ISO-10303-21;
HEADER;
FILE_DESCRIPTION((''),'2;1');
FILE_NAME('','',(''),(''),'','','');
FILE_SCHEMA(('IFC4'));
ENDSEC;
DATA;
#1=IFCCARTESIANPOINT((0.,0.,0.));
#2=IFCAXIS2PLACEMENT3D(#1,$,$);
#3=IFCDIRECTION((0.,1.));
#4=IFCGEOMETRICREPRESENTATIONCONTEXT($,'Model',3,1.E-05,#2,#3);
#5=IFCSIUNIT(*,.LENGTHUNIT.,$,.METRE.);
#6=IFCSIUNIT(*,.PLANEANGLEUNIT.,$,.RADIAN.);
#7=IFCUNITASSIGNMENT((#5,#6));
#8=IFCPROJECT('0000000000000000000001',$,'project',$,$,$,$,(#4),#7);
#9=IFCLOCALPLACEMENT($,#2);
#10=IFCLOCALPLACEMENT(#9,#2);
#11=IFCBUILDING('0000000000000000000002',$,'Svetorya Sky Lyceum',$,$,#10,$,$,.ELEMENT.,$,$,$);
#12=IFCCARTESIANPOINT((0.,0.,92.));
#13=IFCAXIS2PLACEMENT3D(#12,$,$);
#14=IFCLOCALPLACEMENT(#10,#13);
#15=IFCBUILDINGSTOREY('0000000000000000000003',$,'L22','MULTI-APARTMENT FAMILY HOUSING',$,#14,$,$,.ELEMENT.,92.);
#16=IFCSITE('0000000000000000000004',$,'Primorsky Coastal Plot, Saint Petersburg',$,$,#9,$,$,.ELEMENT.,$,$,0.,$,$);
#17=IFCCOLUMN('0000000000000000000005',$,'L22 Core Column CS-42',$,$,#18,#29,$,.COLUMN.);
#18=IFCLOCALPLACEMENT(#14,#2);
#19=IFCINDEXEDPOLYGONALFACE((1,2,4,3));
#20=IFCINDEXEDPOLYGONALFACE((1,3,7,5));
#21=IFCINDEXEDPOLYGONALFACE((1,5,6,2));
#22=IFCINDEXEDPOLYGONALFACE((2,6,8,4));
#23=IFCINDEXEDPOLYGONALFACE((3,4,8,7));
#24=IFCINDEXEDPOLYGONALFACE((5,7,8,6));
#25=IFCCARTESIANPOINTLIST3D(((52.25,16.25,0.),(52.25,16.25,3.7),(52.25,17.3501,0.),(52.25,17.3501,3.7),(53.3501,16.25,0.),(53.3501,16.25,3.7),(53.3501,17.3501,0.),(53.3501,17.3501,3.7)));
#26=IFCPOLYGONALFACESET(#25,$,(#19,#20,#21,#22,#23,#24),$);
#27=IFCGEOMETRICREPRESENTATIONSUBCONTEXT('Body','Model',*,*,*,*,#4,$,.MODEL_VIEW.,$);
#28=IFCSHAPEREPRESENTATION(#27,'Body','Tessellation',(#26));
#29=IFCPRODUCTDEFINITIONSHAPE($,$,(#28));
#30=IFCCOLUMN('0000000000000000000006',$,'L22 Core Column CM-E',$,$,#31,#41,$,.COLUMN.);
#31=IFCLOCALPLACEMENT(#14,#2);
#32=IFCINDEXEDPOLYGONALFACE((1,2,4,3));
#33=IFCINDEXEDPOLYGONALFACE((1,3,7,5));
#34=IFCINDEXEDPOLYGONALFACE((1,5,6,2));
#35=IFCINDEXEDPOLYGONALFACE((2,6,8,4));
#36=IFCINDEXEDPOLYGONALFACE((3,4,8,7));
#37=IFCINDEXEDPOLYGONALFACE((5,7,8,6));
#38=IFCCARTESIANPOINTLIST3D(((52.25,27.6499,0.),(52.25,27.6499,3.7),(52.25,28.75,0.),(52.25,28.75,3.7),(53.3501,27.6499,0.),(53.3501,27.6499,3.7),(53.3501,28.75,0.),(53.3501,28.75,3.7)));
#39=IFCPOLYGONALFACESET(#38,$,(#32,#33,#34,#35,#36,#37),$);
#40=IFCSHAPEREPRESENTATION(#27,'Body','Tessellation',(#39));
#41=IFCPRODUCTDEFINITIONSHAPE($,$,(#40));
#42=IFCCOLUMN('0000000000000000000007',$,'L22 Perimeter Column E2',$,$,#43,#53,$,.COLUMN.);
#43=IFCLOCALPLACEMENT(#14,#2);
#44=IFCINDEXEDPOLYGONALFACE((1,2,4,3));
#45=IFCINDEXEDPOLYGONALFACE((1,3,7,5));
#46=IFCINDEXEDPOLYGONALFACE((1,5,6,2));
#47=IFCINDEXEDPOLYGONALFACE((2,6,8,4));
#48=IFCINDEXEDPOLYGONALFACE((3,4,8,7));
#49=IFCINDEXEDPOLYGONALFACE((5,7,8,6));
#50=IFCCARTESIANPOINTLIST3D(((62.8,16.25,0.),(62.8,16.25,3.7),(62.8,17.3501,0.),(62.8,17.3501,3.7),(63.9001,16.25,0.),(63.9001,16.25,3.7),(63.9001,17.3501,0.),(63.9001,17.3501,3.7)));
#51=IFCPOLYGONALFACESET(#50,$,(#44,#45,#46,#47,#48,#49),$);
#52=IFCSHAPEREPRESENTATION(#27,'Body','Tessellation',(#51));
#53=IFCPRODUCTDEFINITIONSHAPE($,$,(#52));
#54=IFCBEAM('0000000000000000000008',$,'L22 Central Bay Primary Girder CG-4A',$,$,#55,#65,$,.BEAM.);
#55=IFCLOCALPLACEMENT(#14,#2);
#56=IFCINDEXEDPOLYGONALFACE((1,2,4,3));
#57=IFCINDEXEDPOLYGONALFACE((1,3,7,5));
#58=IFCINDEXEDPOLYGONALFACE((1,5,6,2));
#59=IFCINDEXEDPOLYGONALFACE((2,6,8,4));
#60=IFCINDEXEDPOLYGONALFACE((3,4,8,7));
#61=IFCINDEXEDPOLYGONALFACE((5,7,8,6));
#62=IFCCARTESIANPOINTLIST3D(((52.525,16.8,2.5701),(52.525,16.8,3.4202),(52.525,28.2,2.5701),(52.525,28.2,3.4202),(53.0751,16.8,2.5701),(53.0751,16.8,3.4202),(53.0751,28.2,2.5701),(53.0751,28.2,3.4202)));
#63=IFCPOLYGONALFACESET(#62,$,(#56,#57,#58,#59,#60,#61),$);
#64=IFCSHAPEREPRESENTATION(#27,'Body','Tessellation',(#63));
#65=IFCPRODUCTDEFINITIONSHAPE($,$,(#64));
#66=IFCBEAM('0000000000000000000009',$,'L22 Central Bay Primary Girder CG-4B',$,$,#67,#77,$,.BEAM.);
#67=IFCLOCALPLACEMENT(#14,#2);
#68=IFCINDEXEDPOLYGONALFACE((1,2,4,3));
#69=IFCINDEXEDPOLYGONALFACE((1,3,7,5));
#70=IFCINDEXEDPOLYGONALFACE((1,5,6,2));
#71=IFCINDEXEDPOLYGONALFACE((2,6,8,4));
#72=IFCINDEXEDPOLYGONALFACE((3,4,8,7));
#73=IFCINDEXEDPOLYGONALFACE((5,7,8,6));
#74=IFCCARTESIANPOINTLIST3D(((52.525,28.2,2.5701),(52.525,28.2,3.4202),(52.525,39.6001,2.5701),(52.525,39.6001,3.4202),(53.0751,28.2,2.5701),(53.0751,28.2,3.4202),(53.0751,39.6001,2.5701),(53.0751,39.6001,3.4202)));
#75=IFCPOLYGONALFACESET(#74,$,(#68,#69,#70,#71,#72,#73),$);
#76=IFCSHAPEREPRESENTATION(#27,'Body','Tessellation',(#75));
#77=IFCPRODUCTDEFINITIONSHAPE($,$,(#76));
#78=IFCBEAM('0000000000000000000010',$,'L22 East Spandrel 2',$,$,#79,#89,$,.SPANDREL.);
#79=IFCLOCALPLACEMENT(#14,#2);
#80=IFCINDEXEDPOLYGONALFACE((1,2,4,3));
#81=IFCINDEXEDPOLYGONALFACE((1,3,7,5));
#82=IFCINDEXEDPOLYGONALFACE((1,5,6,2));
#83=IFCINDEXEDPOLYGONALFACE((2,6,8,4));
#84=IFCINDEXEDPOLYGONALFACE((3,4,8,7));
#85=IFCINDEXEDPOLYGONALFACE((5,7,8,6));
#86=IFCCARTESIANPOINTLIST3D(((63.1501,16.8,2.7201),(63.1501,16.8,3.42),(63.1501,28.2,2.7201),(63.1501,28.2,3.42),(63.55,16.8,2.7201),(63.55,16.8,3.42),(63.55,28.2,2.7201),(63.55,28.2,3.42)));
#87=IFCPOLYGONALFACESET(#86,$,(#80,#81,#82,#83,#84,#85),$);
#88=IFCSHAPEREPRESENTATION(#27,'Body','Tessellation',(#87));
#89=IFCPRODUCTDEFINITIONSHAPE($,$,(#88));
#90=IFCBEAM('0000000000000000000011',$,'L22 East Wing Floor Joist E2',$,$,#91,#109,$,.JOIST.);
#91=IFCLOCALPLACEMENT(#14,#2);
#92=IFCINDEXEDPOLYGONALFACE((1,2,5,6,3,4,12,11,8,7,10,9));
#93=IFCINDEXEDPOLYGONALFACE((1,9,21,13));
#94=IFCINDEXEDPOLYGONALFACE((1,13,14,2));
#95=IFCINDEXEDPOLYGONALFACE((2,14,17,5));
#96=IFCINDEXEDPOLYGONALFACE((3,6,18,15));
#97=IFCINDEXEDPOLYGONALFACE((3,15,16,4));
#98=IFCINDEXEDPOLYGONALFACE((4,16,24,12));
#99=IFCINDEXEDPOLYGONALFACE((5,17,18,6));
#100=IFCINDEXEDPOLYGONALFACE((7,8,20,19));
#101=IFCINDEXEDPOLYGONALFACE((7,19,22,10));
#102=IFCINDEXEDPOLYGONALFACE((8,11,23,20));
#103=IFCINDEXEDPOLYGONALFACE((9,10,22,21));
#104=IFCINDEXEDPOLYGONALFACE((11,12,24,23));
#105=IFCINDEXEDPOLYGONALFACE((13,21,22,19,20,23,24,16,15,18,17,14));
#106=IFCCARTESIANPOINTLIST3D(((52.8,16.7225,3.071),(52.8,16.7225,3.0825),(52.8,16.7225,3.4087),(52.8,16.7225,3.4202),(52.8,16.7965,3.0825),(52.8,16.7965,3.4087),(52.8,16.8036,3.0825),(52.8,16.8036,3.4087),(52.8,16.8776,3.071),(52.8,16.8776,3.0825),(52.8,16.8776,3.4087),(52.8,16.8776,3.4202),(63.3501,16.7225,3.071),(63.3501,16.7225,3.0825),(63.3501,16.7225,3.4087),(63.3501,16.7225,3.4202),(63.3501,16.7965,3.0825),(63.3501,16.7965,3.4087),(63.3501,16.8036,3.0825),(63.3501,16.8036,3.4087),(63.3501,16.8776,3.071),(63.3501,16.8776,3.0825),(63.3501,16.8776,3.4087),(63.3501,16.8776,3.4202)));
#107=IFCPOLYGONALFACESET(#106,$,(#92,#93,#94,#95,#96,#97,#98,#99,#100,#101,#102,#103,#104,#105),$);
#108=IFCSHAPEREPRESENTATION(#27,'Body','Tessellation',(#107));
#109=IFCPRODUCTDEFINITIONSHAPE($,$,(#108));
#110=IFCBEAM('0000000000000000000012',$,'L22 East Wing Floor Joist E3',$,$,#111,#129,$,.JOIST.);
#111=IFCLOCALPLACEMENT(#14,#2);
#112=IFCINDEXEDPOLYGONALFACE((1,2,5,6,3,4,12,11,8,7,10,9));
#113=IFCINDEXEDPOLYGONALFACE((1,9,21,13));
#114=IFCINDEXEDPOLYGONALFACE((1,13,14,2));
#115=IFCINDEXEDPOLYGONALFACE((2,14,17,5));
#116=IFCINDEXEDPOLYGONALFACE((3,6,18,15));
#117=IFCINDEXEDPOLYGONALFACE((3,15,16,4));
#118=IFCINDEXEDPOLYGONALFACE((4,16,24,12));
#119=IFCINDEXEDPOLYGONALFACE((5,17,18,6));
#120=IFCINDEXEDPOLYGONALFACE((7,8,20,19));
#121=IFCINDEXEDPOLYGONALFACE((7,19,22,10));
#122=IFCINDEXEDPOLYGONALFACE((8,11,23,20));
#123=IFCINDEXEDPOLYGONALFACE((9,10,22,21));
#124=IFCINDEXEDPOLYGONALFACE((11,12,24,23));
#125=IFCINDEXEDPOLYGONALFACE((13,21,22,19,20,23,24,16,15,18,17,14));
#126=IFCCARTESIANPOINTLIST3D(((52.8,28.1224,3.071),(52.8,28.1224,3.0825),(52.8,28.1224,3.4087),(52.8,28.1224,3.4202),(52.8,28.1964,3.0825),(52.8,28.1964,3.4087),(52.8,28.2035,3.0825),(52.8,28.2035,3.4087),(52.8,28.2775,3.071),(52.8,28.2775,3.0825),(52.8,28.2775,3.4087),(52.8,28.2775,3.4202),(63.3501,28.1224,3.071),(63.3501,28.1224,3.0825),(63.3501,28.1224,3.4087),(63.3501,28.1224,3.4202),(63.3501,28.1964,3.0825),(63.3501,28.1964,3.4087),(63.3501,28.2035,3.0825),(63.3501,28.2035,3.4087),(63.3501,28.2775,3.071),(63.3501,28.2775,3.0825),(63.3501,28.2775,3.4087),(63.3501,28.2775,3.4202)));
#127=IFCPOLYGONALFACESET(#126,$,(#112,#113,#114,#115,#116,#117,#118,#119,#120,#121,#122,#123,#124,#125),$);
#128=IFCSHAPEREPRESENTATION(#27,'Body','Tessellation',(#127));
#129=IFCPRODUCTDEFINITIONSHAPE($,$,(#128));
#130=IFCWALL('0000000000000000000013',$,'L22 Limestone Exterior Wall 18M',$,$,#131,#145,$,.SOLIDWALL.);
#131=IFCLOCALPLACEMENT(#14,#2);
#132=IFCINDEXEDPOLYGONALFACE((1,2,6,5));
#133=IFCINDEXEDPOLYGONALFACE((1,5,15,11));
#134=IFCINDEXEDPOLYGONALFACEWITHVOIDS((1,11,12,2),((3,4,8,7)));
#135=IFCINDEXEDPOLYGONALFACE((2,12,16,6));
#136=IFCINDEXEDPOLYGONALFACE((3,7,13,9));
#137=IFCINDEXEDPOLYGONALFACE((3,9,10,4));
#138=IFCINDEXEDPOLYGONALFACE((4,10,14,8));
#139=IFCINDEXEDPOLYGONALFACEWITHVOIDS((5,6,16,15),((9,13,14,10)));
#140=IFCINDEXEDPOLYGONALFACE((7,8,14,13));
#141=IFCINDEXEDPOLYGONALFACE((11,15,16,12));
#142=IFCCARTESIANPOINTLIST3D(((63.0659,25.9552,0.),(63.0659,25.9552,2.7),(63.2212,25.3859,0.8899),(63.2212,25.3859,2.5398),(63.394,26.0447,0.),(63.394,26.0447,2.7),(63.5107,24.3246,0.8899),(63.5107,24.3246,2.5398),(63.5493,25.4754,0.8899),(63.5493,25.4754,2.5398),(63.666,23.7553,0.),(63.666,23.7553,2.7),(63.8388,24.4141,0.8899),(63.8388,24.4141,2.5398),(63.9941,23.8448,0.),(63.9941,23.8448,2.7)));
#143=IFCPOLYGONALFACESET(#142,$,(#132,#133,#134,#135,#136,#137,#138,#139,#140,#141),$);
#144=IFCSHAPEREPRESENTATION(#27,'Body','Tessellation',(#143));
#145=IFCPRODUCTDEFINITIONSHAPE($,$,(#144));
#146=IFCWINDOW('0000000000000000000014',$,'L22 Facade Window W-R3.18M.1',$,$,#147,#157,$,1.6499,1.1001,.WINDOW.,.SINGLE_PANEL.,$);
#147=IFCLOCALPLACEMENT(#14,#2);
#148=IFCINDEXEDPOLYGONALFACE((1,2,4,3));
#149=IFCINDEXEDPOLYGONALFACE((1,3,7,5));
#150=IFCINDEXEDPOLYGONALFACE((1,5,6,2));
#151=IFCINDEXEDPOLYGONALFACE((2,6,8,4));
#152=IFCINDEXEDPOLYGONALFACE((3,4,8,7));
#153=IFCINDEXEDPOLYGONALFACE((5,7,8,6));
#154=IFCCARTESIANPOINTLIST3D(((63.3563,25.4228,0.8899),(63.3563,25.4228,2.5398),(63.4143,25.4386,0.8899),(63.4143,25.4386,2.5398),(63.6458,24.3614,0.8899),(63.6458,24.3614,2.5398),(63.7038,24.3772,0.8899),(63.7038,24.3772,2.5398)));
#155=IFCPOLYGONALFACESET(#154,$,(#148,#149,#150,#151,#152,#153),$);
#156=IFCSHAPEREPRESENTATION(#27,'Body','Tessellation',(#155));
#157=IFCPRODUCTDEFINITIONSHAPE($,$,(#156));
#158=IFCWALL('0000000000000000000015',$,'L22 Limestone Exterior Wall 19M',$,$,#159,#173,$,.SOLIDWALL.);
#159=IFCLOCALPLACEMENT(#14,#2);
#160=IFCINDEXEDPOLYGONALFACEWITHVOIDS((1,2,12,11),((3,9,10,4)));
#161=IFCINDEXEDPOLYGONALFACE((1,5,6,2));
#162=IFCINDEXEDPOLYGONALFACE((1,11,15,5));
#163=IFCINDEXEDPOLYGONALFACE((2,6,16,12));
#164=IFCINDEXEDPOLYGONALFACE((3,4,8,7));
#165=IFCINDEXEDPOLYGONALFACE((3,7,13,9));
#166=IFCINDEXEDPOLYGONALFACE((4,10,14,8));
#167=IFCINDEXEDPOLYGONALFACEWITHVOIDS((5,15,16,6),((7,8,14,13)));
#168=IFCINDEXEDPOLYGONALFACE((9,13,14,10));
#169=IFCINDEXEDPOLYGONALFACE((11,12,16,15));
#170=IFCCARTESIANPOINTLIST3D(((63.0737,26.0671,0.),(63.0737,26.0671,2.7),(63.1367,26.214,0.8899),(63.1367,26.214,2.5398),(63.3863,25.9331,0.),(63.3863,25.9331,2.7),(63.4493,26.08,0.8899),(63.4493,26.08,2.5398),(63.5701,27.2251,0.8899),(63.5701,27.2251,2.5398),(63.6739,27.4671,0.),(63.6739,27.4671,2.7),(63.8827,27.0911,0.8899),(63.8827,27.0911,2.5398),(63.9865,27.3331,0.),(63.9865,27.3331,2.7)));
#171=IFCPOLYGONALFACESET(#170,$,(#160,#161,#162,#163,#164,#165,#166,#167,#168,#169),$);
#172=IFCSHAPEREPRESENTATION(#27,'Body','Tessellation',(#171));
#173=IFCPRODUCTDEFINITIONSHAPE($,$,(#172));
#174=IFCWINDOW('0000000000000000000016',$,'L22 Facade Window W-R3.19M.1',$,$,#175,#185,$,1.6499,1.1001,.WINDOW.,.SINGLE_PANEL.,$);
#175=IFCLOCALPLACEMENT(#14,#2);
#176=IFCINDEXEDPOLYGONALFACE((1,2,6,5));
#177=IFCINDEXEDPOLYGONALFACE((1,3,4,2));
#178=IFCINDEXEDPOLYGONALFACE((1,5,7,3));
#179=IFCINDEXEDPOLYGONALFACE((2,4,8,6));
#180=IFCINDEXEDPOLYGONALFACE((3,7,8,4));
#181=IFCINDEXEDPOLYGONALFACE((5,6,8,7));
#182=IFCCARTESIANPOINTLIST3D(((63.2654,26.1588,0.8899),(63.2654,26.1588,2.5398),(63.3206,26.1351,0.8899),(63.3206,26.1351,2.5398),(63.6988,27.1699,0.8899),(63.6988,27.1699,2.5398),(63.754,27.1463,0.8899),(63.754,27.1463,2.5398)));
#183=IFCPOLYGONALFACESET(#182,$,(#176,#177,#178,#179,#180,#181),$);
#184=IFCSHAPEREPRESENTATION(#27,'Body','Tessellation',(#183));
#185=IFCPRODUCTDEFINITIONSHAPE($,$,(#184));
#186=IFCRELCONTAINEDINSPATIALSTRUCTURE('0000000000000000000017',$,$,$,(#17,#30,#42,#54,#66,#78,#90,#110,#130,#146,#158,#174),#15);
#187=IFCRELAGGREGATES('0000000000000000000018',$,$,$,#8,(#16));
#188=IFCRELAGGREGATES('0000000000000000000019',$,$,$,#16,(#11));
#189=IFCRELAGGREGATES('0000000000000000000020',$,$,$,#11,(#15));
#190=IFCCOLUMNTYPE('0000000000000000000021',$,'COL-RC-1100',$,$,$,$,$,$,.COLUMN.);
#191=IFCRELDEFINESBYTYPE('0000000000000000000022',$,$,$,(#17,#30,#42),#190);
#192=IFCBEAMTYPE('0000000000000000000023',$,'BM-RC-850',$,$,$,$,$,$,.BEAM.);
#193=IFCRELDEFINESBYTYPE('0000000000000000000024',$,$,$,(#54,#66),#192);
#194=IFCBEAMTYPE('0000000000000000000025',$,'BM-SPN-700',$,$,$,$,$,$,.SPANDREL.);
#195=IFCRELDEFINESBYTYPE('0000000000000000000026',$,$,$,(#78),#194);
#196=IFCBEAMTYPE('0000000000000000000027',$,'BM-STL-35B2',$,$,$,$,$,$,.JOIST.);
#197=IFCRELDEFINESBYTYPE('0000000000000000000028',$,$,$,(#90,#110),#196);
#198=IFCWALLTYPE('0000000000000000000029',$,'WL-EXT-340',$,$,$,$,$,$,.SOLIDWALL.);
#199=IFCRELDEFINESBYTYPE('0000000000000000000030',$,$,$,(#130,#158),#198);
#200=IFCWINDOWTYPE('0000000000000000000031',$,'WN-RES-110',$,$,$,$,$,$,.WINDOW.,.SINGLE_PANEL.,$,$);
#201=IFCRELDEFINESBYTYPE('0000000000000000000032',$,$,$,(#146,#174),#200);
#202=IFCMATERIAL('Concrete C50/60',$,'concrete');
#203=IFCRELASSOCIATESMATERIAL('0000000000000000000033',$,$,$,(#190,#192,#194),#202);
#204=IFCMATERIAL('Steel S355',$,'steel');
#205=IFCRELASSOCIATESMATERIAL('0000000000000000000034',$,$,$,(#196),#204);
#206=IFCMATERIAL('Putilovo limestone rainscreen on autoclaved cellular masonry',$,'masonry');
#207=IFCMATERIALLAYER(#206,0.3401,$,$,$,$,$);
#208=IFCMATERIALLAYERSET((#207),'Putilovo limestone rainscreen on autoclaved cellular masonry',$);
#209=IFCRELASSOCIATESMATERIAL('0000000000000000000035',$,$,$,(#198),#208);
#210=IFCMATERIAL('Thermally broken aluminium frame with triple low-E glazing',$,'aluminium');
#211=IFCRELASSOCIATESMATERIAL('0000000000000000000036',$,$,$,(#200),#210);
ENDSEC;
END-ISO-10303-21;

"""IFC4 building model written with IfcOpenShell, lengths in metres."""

from ifc_helpers import new_model, si_unit, direction, frame, frame_2d, origin, origin_2d, place, context, subcontext, project, spatial, rectangle, i_section, extrude, material, layer, layer_set, material_profile, profile_set, type_object, element, fill, save


model = new_model("IFC4")

# Units and contexts
model_context = context("Model", 3, precision=1e-05, world=origin(), true_north=direction((0.0, 1.0)))
body_context = subcontext(model_context, "Body", "Model", "MODEL_VIEW")
ifc_project = project(units=[si_unit("LENGTHUNIT", "METRE"), si_unit("PLANEANGLEUNIT", "RADIAN")], contexts=[model_context])

# Site, building, storey
site_placement = place(None, origin())
site = spatial("IfcSite", under=ifc_project, at=site_placement, Name="Primorsky Coastal Plot, Saint Petersburg", CompositionType="ELEMENT", RefElevation=0.0)
building_placement = place(site_placement, origin())
building = spatial("IfcBuilding", under=site, at=building_placement, Name="Svetorya Sky Lyceum", CompositionType="ELEMENT")
storey_placement = place(building_placement, frame((0.0, 0.0, 92.0)))
storey = spatial("IfcBuildingStorey", under=building, at=storey_placement, Name="L22", Description="MULTI-APARTMENT FAMILY HOUSING", CompositionType="ELEMENT", Elevation=92.0)

# Columns
ifc_material_1 = material(Name="Concrete C50/60", Category="concrete")
ifc_material_profile_1 = material_profile(ifc_material_1, rectangle(XDim=1.1001, YDim=1.1001, at=origin_2d()), Name="RC COL 1100x1100")
ifc_profile_set_1 = profile_set([ifc_material_profile_1], Name="Concrete C50/60")
column_type = type_object("IfcColumnType", Name="COL-RC-1100", PredefinedType="COLUMN", material=ifc_profile_set_1)
for number, where, z_axis, x_axis, name in (
    (1, (52.8, 16.8, 0.0), (0.0, 0.0, 1.0), (1.0, 0.0, 0.0), "L22 Core Column CS-42"),
    (2, (52.8, 28.2, 0.0), (0.0, 0.0, 1.0), (1.0, 0.0, 0.0), "L22 Core Column CM-E"),
    (3, (63.3501, 16.8, 0.0), (0.0, 0.0, 1.0), (1.0, 0.0, 0.0), "L22 Perimeter Column E2"),
):
    element("IfcColumn", number, at=place(storey_placement, frame(where, z_axis=z_axis, x_axis=x_axis)), inside=storey, type_object=column_type, Name=name, PredefinedType="COLUMN", context=body_context, shape_type="SweptSolid", body=[
        extrude(rectangle(XDim=1.1001, YDim=1.1001, at=origin_2d()), origin(), (0.0, 0.0, 1.0), 3.7),
    ])

# Beams
ifc_material_profile_2 = material_profile(ifc_material_1, rectangle(XDim=0.55, YDim=0.8501, at=origin_2d()), Name="RC BEAM 550x850")
ifc_profile_set_2 = profile_set([ifc_material_profile_2], Name="Concrete C50/60")
beam_type_1 = type_object("IfcBeamType", Name="BM-RC-850", PredefinedType="BEAM", material=ifc_profile_set_2)
beam_1_placement = place(storey_placement, frame((52.8, 16.8, 2.9951), z_axis=(0.0, 1.0, 0.0), x_axis=(-1.0, 0.0, 0.0)))
element("IfcBeam", 4, at=beam_1_placement, inside=storey, type_object=beam_type_1, Name="L22 Central Bay Primary Girder CG-4A", PredefinedType="BEAM", context=body_context, shape_type="SweptSolid", body=[
    extrude(rectangle(XDim=0.55, YDim=0.8501, at=origin_2d()), origin(), (0.0, 0.0, 1.0), 11.3999),
])
beam_2_placement = place(storey_placement, frame((52.8, 28.2, 2.9951), z_axis=(0.0, 1.0, 0.0), x_axis=(-1.0, 0.0, 0.0)))
element("IfcBeam", 5, at=beam_2_placement, inside=storey, type_object=beam_type_1, Name="L22 Central Bay Primary Girder CG-4B", PredefinedType="BEAM", context=body_context, shape_type="SweptSolid", body=[
    extrude(rectangle(XDim=0.55, YDim=0.8501, at=origin_2d()), origin(), (0.0, 0.0, 1.0), 11.4001),
])
ifc_material_profile_3 = material_profile(ifc_material_1, rectangle(XDim=0.3999, YDim=0.7, at=origin_2d()), Name="RC SPANDREL 400x700")
ifc_profile_set_3 = profile_set([ifc_material_profile_3], Name="Concrete C50/60")
beam_type_2 = type_object("IfcBeamType", Name="BM-SPN-700", PredefinedType="SPANDREL", material=ifc_profile_set_3)
beam_3_placement = place(storey_placement, frame((63.3501, 16.8, 3.0701), z_axis=(0.0, 1.0, 0.0), x_axis=(-1.0, 0.0, 0.0)))
element("IfcBeam", 6, at=beam_3_placement, inside=storey, type_object=beam_type_2, Name="L22 East Spandrel 2", PredefinedType="SPANDREL", context=body_context, shape_type="SweptSolid", body=[
    extrude(rectangle(XDim=0.3999, YDim=0.7, at=origin_2d()), origin(), (0.0, 0.0, 1.0), 11.3999),
])
ifc_material_2 = material(Name="Steel S355", Category="steel")
ifc_material_profile_4 = material_profile(ifc_material_2, i_section(OverallWidth=0.155, OverallDepth=0.3491, WebThickness=0.0071, FlangeThickness=0.0115, at=origin_2d()), Name="GOST 35B2")
ifc_profile_set_4 = profile_set([ifc_material_profile_4], Name="Steel S355")
beam_type_3 = type_object("IfcBeamType", Name="BM-STL-35B2", PredefinedType="JOIST", material=ifc_profile_set_4)
for number, where, z_axis, x_axis, name in (
    (7, (52.8, 16.8, 3.2456), (1.0, 0.0, 0.0), (0.0, 1.0, 0.0), "L22 East Wing Floor Joist E2"),
    (8, (52.8, 28.2, 3.2456), (1.0, 0.0, 0.0), (0.0, 1.0, 0.0), "L22 East Wing Floor Joist E3"),
):
    element("IfcBeam", number, at=place(storey_placement, frame(where, z_axis=z_axis, x_axis=x_axis)), inside=storey, type_object=beam_type_3, Name=name, PredefinedType="JOIST", context=body_context, shape_type="SweptSolid", body=[
        extrude(i_section(OverallWidth=0.155, OverallDepth=0.3491, WebThickness=0.0071, FlangeThickness=0.0115, at=origin_2d()), origin(), (0.0, 0.0, 1.0), 10.55),
    ])

# Walls, openings, windows
ifc_material_3 = material(Name="Putilovo limestone rainscreen on autoclaved cellular masonry", Category="masonry")
ifc_layer_1 = layer(ifc_material_3, 0.3401)
ifc_layer_set_1 = layer_set([ifc_layer_1], Name="Putilovo limestone rainscreen on autoclaved cellular masonry")
wall_type_1 = type_object("IfcWallType", Name="WL-EXT-340", PredefinedType="SOLIDWALL", material=ifc_layer_set_1)
wall_1_placement = place(storey_placement, frame((63.8301, 23.8, 0.0), z_axis=(0.0, 0.0, 1.0), x_axis=(-0.263163, 0.964751, 0.0)))
wall_1 = element("IfcWall", 9, at=wall_1_placement, inside=storey, type_object=wall_type_1, Name="L22 Limestone Exterior Wall 18M", PredefinedType="SOLIDWALL", context=body_context, shape_type="SweptSolid", body=[
    extrude(rectangle(XDim=2.2803, YDim=0.3401, at=frame_2d((1.1401, 0.0))), origin(), (0.0, 0.0, 1.0), 2.7),
])
opening_1_placement = place(wall_1_placement, frame((0.5901, 0.0, 0.8899)))
opening_1 = element("IfcOpeningElement", 10, at=opening_1_placement, cuts=wall_1, PredefinedType="OPENING", context=body_context, shape_type="SweptSolid", body=[
    extrude(rectangle(XDim=1.1001, YDim=1.6499, at=frame_2d((0.55, 0.825))), frame((0.0, 0.1799, 0.0), z_axis=(0.0, -1.0, 0.0), x_axis=(1.0, 0.0, 0.0)), (0.0, 0.0, 1.0), 0.3601),
])
ifc_material_4 = material(Name="Thermally broken aluminium frame with triple low-E glazing", Category="aluminium")
window_type = type_object("IfcWindowType", Name="WN-RES-110", PartitioningType="SINGLE_PANEL", PredefinedType="WINDOW", material=ifc_material_4)
window_1_placement = place(opening_1_placement, origin())
window_1 = element("IfcWindow", 11, at=window_1_placement, inside=storey, type_object=window_type, Name="L22 Facade Window W-R3.18M.1", OverallHeight=1.6499, OverallWidth=1.1001, PartitioningType="SINGLE_PANEL", PredefinedType="WINDOW", context=body_context, shape_type="SweptSolid", body=[
    extrude(rectangle(XDim=1.1001, YDim=1.6499, at=frame_2d((0.55, 0.825))), frame((0.0, 0.03, 0.0), z_axis=(0.0, -1.0, 0.0), x_axis=(1.0, 0.0, 0.0)), (0.0, 0.0, 1.0), 0.0601),
])
fill(opening_1, window_1)
wall_2_placement = place(storey_placement, frame((63.23, 26.0, 0.0), z_axis=(0.0, 0.0, 1.0), x_axis=(0.393997, 0.919112, 0.0)))
wall_2 = element("IfcWall", 12, at=wall_2_placement, inside=storey, type_object=wall_type_1, Name="L22 Limestone Exterior Wall 19M", PredefinedType="SOLIDWALL", context=body_context, shape_type="SweptSolid", body=[
    extrude(rectangle(XDim=1.5232, YDim=0.3401, at=frame_2d((0.7617, 0.0))), origin(), (0.0, 0.0, 1.0), 2.7),
])
opening_2_placement = place(wall_2_placement, frame((0.1599, 0.0, 0.8899)))
opening_2 = element("IfcOpeningElement", 13, at=opening_2_placement, cuts=wall_2, PredefinedType="OPENING", context=body_context, shape_type="SweptSolid", body=[
    extrude(rectangle(XDim=1.1001, YDim=1.6499, at=frame_2d((0.55, 0.825))), frame((0.0, 0.1799, 0.0), z_axis=(0.0, -1.0, 0.0), x_axis=(1.0, 0.0, 0.0)), (0.0, 0.0, 1.0), 0.3601),
])
window_2_placement = place(opening_2_placement, origin())
window_2 = element("IfcWindow", 14, at=window_2_placement, inside=storey, type_object=window_type, Name="L22 Facade Window W-R3.19M.1", OverallHeight=1.6499, OverallWidth=1.1001, PartitioningType="SINGLE_PANEL", PredefinedType="WINDOW", context=body_context, shape_type="SweptSolid", body=[
    extrude(rectangle(XDim=1.1001, YDim=1.6499, at=frame_2d((0.55, 0.825))), frame((0.0, 0.03, 0.0), z_axis=(0.0, -1.0, 0.0), x_axis=(1.0, 0.0, 0.0)), (0.0, 0.0, 1.0), 0.0601),
])
fill(opening_2, window_2)

save(model, "model.ifc")
